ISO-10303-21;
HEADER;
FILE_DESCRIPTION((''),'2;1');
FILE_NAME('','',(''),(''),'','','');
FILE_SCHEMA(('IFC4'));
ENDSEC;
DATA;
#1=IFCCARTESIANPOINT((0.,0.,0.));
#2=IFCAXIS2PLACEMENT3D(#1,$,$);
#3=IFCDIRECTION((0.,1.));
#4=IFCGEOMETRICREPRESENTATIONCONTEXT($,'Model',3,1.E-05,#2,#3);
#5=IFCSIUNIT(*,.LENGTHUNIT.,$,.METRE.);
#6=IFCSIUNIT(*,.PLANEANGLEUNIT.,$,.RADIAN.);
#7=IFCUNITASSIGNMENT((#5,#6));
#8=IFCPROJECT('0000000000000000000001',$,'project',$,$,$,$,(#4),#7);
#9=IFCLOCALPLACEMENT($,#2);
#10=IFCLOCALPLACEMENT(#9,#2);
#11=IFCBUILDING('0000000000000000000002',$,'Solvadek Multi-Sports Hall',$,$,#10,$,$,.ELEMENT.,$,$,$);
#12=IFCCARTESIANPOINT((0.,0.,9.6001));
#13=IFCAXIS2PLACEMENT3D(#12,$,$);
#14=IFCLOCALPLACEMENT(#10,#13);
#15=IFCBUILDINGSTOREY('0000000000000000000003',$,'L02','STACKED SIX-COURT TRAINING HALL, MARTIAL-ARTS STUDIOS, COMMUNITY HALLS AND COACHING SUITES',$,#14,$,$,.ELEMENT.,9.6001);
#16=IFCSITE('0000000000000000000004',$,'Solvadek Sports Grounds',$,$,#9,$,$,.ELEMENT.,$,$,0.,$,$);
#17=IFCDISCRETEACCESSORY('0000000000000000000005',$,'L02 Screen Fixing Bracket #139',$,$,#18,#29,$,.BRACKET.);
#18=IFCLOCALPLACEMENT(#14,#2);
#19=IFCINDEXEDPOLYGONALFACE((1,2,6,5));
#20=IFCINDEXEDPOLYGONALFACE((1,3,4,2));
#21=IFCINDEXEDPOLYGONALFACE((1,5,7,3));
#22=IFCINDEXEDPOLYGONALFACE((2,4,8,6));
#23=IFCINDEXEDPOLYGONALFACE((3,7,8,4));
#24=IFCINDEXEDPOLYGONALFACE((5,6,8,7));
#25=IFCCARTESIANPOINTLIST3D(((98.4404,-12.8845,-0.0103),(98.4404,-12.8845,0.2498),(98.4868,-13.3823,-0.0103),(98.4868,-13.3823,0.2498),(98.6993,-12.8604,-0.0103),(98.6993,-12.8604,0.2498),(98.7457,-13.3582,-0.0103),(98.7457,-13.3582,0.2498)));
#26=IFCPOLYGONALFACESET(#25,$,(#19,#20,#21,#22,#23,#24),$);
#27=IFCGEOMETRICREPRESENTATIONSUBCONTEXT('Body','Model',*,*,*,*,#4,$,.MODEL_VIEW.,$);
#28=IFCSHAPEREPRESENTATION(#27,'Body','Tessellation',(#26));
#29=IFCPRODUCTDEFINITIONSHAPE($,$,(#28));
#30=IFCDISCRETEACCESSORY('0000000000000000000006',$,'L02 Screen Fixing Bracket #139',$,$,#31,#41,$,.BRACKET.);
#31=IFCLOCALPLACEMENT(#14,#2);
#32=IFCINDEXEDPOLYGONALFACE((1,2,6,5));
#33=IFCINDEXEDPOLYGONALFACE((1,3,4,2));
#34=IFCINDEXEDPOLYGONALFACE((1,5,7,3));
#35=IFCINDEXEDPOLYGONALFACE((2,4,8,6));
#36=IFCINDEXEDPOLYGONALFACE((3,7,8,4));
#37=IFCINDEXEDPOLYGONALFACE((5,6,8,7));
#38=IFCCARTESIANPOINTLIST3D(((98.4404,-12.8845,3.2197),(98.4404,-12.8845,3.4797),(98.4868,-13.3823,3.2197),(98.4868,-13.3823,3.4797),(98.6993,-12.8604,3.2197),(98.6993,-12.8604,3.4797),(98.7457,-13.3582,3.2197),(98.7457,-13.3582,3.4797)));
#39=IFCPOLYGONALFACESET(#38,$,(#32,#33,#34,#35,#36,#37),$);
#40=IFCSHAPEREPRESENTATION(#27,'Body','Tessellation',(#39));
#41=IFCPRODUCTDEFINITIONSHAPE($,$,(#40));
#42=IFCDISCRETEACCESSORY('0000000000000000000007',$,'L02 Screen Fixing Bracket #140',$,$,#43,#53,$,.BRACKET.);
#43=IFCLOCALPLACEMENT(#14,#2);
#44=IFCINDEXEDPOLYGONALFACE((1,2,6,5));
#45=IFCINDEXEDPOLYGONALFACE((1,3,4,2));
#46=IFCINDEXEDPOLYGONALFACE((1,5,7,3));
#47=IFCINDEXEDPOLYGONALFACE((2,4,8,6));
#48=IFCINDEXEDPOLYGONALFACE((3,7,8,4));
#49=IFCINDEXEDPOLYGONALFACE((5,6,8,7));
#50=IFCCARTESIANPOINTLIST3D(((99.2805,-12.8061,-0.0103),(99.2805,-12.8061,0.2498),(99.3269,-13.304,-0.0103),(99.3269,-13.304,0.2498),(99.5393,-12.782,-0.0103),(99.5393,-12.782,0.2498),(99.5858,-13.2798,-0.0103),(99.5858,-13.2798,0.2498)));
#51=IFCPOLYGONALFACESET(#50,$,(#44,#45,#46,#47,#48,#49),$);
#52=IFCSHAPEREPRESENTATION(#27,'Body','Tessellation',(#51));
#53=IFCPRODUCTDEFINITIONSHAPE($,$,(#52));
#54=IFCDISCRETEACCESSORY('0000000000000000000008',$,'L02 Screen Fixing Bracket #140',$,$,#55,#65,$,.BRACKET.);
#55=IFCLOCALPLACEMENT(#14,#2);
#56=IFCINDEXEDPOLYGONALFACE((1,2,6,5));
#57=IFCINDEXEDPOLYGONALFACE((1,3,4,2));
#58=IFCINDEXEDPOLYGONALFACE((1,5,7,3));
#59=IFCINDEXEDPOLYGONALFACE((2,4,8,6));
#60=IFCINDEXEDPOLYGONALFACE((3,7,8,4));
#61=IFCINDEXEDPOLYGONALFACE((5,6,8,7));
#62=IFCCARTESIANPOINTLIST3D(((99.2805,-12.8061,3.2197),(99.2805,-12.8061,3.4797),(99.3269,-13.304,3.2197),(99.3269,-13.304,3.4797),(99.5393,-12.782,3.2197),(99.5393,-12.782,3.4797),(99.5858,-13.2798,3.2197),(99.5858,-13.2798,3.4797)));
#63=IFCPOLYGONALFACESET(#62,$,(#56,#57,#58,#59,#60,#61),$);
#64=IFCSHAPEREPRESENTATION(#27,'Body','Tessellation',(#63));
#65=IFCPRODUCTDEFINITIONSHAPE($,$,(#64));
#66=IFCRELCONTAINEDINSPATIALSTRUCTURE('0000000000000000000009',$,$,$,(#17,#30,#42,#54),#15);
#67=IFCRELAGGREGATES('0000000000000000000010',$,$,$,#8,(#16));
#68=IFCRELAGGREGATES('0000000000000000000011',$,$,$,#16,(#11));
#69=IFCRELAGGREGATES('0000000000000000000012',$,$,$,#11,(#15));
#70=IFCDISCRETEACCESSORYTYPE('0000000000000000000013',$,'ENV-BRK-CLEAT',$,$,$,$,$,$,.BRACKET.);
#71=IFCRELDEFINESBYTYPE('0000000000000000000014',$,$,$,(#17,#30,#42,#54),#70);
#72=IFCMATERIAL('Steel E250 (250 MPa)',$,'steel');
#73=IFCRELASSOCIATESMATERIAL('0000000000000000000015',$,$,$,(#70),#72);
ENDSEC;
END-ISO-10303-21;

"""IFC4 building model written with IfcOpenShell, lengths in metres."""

from ifc_helpers import new_model, si_unit, direction, frame, origin, origin_2d, place, context, subcontext, project, spatial, rectangle, extrude, material, type_object, element, save


model = new_model("IFC4")

# Units and contexts
model_context = context("Model", 3, precision=1e-05, world=origin(), true_north=direction((0.0, 1.0)))
body_context = subcontext(model_context, "Body", "Model", "MODEL_VIEW")
ifc_project = project(units=[si_unit("LENGTHUNIT", "METRE"), si_unit("PLANEANGLEUNIT", "RADIAN")], contexts=[model_context])

# Site, building, storey
site_placement = place(None, origin())
site = spatial("IfcSite", under=ifc_project, at=site_placement, Name="Solvadek Sports Grounds", CompositionType="ELEMENT", RefElevation=0.0)
building_placement = place(site_placement, origin())
building = spatial("IfcBuilding", under=site, at=building_placement, Name="Solvadek Multi-Sports Hall", CompositionType="ELEMENT")
storey_placement = place(building_placement, frame((0.0, 0.0, 9.6001)))
storey = spatial("IfcBuildingStorey", under=building, at=storey_placement, Name="L02", Description="STACKED SIX-COURT TRAINING HALL, MARTIAL-ARTS STUDIOS, COMMUNITY HALLS AND COACHING SUITES", CompositionType="ELEMENT", Elevation=9.6001)

# Discrete accessories
ifc_material_1 = material(Name="Steel E250 (250 MPa)", Category="steel")
discrete_accessory_type = type_object("IfcDiscreteAccessoryType", Name="ENV-BRK-CLEAT", PredefinedType="BRACKET", material=ifc_material_1)
for number, where, z_axis, x_axis, name in (
    (1, (98.593, -13.1213, -0.0103), (0.0, 0.0, 1.0), (0.995684, 0.092812, 0.0), "L02 Screen Fixing Bracket #139"),
    (2, (98.593, -13.1213, 3.2197), (0.0, 0.0, 1.0), (0.995684, 0.092812, 0.0), "L02 Screen Fixing Bracket #139"),
    (3, (99.4331, -13.043, -0.0103), (0.0, 0.0, 1.0), (0.995684, 0.092812, 0.0), "L02 Screen Fixing Bracket #140"),
    (4, (99.4331, -13.043, 3.2197), (0.0, 0.0, 1.0), (0.995684, 0.092812, 0.0), "L02 Screen Fixing Bracket #140"),
):
    element("IfcDiscreteAccessory", number, at=place(storey_placement, frame(where, z_axis=z_axis, x_axis=x_axis)), inside=storey, type_object=discrete_accessory_type, Name=name, PredefinedType="BRACKET", context=body_context, shape_type="SweptSolid", body=[
        extrude(rectangle(XDim=0.26, YDim=0.5, at=origin_2d()), origin(), (0.0, 0.0, 1.0), 0.26),
    ])

save(model, "model.ifc")
